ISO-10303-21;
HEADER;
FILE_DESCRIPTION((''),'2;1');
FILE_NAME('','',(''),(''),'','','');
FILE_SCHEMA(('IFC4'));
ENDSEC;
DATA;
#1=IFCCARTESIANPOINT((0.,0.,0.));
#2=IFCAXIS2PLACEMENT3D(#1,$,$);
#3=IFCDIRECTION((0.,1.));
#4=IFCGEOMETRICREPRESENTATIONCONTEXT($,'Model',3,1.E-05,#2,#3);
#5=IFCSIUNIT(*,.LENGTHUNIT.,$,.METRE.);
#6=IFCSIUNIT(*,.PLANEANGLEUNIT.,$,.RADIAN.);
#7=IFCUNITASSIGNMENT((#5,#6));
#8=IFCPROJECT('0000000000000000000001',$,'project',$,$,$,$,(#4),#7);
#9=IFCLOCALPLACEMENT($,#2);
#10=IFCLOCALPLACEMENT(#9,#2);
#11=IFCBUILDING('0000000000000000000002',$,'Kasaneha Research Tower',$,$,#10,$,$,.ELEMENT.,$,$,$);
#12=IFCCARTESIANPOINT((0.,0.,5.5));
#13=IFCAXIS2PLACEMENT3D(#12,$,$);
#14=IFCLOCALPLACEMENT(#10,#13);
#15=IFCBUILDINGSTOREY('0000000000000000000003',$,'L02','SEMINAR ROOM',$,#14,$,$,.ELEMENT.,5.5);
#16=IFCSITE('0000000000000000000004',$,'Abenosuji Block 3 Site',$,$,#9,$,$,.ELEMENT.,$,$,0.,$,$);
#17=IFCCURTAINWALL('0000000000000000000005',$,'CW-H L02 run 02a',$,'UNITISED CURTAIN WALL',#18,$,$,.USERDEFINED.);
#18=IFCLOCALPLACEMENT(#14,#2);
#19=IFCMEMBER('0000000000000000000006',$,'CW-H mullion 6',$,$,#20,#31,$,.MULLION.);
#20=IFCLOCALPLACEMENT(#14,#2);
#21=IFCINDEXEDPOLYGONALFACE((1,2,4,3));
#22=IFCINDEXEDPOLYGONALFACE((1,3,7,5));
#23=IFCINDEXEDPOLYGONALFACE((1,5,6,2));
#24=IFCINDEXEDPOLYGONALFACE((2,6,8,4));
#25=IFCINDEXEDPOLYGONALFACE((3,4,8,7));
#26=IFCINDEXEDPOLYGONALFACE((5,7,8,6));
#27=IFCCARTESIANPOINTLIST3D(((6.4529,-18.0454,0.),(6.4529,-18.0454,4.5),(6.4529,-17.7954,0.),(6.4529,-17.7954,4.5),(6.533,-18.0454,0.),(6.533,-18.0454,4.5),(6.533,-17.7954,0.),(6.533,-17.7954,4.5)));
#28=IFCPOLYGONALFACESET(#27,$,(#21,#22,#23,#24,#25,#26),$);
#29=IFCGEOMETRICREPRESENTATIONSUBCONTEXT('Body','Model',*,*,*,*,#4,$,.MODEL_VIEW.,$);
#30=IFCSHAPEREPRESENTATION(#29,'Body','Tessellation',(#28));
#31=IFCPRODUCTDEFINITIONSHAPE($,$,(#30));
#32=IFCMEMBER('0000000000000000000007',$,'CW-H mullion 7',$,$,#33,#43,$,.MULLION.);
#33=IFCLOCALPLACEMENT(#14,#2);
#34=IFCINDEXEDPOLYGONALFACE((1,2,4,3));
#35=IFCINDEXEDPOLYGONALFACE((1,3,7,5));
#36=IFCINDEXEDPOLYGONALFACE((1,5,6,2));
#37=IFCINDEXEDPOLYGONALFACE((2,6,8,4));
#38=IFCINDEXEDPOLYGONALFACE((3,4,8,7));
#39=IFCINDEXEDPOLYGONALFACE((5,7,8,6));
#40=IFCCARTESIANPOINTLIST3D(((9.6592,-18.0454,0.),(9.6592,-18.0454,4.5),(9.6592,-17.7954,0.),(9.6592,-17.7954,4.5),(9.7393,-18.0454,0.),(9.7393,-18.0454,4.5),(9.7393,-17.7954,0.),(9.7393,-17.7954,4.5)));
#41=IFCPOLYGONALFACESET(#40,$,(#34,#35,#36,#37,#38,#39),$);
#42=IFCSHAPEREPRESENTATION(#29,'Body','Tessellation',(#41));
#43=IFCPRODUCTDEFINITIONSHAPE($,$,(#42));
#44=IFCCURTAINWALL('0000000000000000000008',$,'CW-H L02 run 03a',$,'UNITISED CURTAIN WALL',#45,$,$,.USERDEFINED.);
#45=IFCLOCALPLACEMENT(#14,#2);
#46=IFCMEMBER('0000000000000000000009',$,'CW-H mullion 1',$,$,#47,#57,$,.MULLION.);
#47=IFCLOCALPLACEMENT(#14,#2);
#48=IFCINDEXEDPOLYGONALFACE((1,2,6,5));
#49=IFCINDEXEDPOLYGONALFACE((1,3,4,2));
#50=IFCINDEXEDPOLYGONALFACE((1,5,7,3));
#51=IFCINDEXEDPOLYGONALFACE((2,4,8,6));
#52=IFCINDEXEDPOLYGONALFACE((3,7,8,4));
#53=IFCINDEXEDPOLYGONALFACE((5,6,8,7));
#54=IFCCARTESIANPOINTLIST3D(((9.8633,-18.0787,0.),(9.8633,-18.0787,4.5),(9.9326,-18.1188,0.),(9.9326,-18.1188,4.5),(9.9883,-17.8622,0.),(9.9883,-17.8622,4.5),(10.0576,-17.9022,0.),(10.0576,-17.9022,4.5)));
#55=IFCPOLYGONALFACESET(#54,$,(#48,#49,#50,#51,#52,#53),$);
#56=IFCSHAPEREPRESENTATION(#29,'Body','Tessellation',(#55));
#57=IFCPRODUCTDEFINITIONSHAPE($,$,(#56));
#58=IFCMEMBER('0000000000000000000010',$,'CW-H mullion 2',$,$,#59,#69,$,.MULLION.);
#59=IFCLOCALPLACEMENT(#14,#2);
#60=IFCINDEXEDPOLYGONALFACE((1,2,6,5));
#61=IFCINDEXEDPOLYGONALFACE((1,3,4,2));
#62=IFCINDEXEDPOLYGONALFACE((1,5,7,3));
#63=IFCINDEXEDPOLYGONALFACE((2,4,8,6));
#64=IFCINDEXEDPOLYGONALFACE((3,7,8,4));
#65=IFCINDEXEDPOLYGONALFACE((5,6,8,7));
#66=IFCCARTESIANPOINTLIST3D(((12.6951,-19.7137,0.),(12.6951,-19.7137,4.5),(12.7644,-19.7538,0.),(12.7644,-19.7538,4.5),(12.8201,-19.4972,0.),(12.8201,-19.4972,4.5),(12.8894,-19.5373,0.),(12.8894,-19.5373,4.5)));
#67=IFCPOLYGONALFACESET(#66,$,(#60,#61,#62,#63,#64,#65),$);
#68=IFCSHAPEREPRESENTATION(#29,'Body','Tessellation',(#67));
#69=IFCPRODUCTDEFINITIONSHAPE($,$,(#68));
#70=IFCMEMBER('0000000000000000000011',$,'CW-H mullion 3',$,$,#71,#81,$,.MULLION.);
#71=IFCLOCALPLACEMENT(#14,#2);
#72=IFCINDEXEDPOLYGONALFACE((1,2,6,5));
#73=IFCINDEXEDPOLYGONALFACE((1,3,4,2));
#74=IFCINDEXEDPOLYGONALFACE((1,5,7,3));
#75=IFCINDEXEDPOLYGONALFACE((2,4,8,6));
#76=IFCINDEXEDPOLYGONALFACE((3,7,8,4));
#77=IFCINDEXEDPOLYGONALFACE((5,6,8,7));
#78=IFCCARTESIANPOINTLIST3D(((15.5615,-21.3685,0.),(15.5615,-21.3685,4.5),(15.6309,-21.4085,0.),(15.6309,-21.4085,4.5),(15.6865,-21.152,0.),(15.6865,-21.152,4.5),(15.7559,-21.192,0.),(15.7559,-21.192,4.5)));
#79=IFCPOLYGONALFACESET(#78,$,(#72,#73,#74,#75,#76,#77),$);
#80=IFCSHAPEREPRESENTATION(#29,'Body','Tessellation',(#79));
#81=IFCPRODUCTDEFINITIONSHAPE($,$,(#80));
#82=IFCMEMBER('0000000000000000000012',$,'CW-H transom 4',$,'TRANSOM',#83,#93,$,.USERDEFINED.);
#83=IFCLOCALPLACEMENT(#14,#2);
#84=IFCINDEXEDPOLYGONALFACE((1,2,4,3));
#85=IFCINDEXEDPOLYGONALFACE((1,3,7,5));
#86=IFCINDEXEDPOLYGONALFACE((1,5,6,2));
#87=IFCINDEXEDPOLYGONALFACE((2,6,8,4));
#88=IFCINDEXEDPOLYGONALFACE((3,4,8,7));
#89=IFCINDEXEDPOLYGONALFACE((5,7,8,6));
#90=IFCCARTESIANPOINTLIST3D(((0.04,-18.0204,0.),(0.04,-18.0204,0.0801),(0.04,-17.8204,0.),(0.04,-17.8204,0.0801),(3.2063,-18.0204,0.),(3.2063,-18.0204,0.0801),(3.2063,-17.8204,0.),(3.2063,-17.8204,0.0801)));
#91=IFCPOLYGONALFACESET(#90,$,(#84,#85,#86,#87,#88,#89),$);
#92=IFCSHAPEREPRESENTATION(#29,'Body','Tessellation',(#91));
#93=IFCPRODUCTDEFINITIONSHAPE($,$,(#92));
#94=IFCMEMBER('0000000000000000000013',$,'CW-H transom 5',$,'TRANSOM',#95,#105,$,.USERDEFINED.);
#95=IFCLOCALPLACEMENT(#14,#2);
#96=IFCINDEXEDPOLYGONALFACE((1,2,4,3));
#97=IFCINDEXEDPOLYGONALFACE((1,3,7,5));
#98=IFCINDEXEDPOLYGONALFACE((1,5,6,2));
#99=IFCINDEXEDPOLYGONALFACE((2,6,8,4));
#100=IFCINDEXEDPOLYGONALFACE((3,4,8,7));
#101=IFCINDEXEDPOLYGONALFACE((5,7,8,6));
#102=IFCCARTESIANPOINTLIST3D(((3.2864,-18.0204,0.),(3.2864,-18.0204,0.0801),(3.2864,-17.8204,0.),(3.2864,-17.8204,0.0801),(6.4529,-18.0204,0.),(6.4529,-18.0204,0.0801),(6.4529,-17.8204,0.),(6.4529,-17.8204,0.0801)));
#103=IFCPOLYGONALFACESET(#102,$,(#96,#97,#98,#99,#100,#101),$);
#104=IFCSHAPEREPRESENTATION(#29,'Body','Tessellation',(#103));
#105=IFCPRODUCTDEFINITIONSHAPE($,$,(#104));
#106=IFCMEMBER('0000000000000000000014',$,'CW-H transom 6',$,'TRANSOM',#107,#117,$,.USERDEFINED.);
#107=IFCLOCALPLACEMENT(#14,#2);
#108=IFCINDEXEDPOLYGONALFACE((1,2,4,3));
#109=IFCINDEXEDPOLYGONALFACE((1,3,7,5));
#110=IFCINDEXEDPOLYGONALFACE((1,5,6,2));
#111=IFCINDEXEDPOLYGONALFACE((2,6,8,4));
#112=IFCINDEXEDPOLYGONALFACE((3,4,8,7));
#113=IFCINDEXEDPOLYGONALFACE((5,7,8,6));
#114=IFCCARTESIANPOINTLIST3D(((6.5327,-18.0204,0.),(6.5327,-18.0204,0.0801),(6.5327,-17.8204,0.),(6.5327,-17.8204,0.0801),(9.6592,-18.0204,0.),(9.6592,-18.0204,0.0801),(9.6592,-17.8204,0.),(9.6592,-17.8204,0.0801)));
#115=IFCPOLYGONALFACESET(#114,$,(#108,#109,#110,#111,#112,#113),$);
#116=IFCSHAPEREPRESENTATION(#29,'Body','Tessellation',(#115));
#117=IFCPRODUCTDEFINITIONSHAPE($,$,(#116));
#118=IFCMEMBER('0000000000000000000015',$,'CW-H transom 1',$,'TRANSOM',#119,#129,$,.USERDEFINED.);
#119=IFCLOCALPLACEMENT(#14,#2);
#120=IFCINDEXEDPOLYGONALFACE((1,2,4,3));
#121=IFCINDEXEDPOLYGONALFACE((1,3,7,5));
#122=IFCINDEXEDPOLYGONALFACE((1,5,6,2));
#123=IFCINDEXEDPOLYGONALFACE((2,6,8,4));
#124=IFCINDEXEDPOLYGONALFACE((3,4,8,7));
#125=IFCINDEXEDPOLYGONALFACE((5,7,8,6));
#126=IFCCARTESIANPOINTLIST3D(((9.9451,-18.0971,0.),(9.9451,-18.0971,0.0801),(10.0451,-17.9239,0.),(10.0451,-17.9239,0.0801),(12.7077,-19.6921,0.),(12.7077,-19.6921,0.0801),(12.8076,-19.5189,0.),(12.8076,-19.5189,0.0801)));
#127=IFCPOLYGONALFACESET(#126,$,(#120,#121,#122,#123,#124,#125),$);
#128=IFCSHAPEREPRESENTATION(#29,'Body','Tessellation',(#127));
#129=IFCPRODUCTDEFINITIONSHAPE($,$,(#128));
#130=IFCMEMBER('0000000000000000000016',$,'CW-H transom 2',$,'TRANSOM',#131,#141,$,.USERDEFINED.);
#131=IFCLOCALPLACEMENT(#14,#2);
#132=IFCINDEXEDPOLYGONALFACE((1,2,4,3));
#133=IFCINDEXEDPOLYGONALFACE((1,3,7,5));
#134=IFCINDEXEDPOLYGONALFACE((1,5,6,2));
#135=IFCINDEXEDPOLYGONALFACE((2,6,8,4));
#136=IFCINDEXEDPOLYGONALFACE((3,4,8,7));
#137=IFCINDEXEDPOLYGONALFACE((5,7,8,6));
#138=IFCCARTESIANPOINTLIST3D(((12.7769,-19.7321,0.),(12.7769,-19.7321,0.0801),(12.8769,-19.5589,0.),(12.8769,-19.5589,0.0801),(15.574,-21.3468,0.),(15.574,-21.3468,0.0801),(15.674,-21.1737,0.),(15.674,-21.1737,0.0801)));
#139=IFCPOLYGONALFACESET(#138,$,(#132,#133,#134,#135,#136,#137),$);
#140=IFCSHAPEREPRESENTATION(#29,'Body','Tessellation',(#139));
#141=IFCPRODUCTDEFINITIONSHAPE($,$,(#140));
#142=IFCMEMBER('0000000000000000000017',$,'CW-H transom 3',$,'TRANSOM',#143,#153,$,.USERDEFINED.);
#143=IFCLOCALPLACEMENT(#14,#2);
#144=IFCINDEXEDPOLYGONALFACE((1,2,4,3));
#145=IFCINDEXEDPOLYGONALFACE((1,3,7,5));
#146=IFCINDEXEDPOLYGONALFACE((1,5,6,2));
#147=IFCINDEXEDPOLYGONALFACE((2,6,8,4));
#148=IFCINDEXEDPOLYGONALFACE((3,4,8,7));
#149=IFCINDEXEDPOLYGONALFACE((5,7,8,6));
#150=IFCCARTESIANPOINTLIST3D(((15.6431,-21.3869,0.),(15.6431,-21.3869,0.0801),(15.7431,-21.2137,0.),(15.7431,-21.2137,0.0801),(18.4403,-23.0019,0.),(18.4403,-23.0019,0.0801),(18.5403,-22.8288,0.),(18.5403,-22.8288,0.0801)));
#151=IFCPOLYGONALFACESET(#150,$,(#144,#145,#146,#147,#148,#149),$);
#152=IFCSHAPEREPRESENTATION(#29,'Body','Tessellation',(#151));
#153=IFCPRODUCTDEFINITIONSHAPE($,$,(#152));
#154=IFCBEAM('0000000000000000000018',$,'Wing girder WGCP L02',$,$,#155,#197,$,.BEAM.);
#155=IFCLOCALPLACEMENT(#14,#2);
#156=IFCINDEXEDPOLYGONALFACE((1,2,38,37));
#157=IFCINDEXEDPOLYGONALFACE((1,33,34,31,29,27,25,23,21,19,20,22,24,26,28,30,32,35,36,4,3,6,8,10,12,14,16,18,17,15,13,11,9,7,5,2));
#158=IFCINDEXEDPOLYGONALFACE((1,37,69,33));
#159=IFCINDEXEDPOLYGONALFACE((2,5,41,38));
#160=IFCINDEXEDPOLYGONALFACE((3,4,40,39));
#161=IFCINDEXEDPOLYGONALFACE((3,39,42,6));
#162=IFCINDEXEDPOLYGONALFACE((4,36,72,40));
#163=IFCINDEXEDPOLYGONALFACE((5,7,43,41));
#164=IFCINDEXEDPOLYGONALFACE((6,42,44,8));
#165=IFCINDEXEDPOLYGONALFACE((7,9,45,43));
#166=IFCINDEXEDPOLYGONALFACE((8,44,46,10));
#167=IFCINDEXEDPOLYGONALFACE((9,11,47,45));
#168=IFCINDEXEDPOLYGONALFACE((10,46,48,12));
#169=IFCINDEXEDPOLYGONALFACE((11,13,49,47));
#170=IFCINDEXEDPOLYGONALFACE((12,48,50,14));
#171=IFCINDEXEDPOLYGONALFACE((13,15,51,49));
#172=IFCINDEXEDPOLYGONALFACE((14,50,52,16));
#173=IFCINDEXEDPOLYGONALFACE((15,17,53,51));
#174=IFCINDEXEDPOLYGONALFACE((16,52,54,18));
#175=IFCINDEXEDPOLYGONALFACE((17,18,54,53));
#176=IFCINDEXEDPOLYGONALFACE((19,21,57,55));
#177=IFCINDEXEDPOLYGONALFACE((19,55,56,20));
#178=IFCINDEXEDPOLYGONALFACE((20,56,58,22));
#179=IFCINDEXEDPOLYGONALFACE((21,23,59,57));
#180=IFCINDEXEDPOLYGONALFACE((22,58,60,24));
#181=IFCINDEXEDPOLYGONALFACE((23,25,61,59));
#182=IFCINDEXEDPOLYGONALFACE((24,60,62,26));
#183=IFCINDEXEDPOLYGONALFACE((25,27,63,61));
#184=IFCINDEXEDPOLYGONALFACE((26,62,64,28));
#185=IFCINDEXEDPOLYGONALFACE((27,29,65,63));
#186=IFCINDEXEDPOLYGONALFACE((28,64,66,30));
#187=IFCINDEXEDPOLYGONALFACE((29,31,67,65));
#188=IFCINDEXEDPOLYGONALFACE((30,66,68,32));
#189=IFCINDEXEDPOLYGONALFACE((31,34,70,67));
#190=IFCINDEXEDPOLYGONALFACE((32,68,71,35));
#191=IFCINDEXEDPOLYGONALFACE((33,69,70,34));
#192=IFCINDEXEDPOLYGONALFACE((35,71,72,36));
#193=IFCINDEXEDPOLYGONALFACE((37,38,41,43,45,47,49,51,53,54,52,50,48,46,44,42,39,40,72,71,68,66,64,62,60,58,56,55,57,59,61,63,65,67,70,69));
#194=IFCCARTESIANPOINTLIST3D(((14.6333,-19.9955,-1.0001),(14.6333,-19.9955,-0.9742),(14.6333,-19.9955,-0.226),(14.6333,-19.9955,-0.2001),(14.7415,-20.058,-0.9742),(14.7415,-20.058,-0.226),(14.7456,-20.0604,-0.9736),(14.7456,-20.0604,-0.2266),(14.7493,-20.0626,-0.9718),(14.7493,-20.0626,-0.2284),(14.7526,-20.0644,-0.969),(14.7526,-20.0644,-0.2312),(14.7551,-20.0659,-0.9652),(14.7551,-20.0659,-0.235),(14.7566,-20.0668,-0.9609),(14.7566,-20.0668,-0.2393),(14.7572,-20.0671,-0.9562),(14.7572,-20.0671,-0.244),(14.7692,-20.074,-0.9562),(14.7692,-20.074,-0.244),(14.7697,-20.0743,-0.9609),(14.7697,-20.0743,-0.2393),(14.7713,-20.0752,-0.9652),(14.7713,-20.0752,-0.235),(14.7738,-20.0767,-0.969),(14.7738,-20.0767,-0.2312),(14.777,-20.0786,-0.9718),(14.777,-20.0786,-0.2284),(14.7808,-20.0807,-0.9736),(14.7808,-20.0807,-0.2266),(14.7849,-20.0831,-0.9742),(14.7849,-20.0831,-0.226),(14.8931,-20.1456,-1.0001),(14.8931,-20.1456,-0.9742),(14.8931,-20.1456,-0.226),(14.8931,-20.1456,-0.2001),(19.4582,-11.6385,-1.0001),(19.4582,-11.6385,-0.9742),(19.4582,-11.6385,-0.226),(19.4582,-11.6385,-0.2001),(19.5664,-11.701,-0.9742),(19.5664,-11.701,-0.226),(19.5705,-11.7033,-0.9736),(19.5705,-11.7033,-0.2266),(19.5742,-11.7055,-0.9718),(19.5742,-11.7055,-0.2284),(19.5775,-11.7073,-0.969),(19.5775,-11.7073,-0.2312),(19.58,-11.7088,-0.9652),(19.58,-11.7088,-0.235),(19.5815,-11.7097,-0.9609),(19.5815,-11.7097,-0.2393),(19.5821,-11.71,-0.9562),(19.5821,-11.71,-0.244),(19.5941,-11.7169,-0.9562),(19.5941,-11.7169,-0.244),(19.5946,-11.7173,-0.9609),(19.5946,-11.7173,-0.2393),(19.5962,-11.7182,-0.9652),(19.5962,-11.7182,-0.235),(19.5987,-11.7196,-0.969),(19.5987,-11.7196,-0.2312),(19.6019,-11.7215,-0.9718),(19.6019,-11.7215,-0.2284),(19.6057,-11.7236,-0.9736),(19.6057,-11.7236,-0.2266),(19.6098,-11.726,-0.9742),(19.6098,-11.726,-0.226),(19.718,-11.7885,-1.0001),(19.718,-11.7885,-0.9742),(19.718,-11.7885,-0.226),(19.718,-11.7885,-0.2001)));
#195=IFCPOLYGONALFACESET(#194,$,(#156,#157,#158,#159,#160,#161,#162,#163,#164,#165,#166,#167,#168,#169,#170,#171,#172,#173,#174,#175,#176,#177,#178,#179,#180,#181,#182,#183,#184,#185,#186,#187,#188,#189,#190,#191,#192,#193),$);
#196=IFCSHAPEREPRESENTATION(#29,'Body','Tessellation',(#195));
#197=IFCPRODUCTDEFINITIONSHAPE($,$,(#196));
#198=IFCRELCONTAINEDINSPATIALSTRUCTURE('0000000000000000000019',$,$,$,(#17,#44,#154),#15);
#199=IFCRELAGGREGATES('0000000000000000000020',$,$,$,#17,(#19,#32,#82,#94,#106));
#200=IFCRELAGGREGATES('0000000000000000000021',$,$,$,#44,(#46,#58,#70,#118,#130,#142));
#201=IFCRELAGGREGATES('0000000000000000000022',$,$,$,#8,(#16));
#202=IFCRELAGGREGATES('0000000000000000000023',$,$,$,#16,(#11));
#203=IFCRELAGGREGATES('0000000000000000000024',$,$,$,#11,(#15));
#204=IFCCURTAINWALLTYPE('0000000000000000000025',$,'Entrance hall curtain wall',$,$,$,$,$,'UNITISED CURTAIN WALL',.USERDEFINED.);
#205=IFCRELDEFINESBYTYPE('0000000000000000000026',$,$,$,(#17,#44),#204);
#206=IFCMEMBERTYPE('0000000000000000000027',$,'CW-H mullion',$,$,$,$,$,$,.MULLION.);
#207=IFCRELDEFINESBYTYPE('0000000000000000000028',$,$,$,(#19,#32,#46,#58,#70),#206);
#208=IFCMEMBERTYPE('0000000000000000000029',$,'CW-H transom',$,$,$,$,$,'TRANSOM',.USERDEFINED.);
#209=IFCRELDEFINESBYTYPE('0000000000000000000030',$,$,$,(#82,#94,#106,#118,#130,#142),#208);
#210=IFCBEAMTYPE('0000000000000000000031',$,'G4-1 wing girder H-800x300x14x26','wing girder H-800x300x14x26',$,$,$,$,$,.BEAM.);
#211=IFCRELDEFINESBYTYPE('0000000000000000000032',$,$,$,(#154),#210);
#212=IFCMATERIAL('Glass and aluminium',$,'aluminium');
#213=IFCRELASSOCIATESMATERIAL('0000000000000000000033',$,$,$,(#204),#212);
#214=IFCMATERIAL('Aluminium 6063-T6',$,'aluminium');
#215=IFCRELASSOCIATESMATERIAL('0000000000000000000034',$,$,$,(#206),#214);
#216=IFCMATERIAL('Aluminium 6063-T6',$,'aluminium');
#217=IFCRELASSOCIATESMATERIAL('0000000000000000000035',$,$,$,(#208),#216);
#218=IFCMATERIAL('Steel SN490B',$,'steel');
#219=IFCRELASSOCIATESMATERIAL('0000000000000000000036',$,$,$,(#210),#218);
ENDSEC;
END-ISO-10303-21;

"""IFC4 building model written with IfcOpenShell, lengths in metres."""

from ifc_helpers import new_model, si_unit, direction, frame, origin, origin_2d, place, context, subcontext, project, spatial, rectangle, i_section, extrude, material, material_profile, profile_set, type_object, element, aggregate, save


model = new_model("IFC4")

# Units and contexts
model_context = context("Model", 3, precision=1e-05, world=origin(), true_north=direction((0.0, 1.0)))
body_context = subcontext(model_context, "Body", "Model", "MODEL_VIEW")
ifc_project = project(units=[si_unit("LENGTHUNIT", "METRE"), si_unit("PLANEANGLEUNIT", "RADIAN")], contexts=[model_context])

# Site, building, storey
site_placement = place(None, origin())
site = spatial("IfcSite", under=ifc_project, at=site_placement, Name="Abenosuji Block 3 Site", CompositionType="ELEMENT", RefElevation=0.0)
building_placement = place(site_placement, origin())
building = spatial("IfcBuilding", under=site, at=building_placement, Name="Kasaneha Research Tower", CompositionType="ELEMENT")
storey_placement = place(building_placement, frame((0.0, 0.0, 5.5)))
storey = spatial("IfcBuildingStorey", under=building, at=storey_placement, Name="L02", Description="SEMINAR ROOM", CompositionType="ELEMENT", Elevation=5.5)

# Curtain walls, members
ifc_material_1 = material(Name="Glass and aluminium", Category="aluminium")
curtain_wall_type = type_object("IfcCurtainWallType", Name="Entrance hall curtain wall", ElementType="UNITISED CURTAIN WALL", PredefinedType="USERDEFINED", material=ifc_material_1)
curtain_wall_1_placement = place(storey_placement, origin())
curtain_wall_1 = element("IfcCurtainWall", 1, at=curtain_wall_1_placement, inside=storey, type_object=curtain_wall_type, Name="CW-H L02 run 02a", ObjectType="UNITISED CURTAIN WALL", PredefinedType="USERDEFINED")
ifc_material_2 = material(Name="Aluminium 6063-T6", Category="aluminium")
ifc_material_profile_1 = material_profile(ifc_material_2, rectangle(XDim=0.0801, YDim=0.25, at=origin_2d()), Name="CW-H mullion 80x250")
ifc_profile_set_1 = profile_set([ifc_material_profile_1], Name="Aluminium 6063-T6")
member_type_1 = type_object("IfcMemberType", Name="CW-H mullion", PredefinedType="MULLION", material=ifc_profile_set_1)
member_1_placement = place(storey_placement, frame((6.4929, -17.9204, 0.0), z_axis=(0.0, 0.0, 1.0), x_axis=(1.0, 0.0, 0.0)))
member_1 = element("IfcMember", 2, at=member_1_placement, type_object=member_type_1, Name="CW-H mullion 6", PredefinedType="MULLION", context=body_context, shape_type="SweptSolid", body=[
    extrude(rectangle(XDim=0.0801, YDim=0.25, at=origin_2d()), origin(), (0.0, 0.0, 1.0), 4.5),
])
member_2_placement = place(storey_placement, frame((9.6992, -17.9204, 0.0), z_axis=(0.0, 0.0, 1.0), x_axis=(1.0, 0.0, 0.0)))
member_2 = element("IfcMember", 3, at=member_2_placement, type_object=member_type_1, Name="CW-H mullion 7", PredefinedType="MULLION", context=body_context, shape_type="SweptSolid", body=[
    extrude(rectangle(XDim=0.0801, YDim=0.25, at=origin_2d()), origin(), (0.0, 0.0, 1.0), 4.5),
])
curtain_wall_2_placement = place(storey_placement, origin())
curtain_wall_2 = element("IfcCurtainWall", 4, at=curtain_wall_2_placement, inside=storey, type_object=curtain_wall_type, Name="CW-H L02 run 03a", ObjectType="UNITISED CURTAIN WALL", PredefinedType="USERDEFINED")
member_3_placement = place(storey_placement, frame((9.9604, -17.9905, 0.0), z_axis=(0.0, 0.0, 1.0), x_axis=(0.866025, -0.5, 0.0)))
member_3 = element("IfcMember", 5, at=member_3_placement, type_object=member_type_1, Name="CW-H mullion 1", PredefinedType="MULLION", context=body_context, shape_type="SweptSolid", body=[
    extrude(rectangle(XDim=0.0801, YDim=0.25, at=origin_2d()), origin(), (0.0, 0.0, 1.0), 4.5),
])
member_4_placement = place(storey_placement, frame((12.7922, -19.6255, 0.0), z_axis=(0.0, 0.0, 1.0), x_axis=(0.866025, -0.5, 0.0)))
member_4 = element("IfcMember", 6, at=member_4_placement, type_object=member_type_1, Name="CW-H mullion 2", PredefinedType="MULLION", context=body_context, shape_type="SweptSolid", body=[
    extrude(rectangle(XDim=0.0801, YDim=0.25, at=origin_2d()), origin(), (0.0, 0.0, 1.0), 4.5),
])
member_5_placement = place(storey_placement, frame((15.6587, -21.2803, 0.0), z_axis=(0.0, 0.0, 1.0), x_axis=(0.866025, -0.5, 0.0)))
member_5 = element("IfcMember", 7, at=member_5_placement, type_object=member_type_1, Name="CW-H mullion 3", PredefinedType="MULLION", context=body_context, shape_type="SweptSolid", body=[
    extrude(rectangle(XDim=0.0801, YDim=0.25, at=origin_2d()), origin(), (0.0, 0.0, 1.0), 4.5),
])

# Members
ifc_material_3 = material(Name="Aluminium 6063-T6", Category="aluminium")
ifc_material_profile_2 = material_profile(ifc_material_3, rectangle(XDim=0.2, YDim=0.0801, at=origin_2d()), Name="CW-H transom 200x80")
ifc_profile_set_2 = profile_set([ifc_material_profile_2], Name="Aluminium 6063-T6")
member_type_2 = type_object("IfcMemberType", Name="CW-H transom", ElementType="TRANSOM", PredefinedType="USERDEFINED", material=ifc_profile_set_2)
member_6_placement = place(storey_placement, frame((0.04, -17.9204, 0.04), z_axis=(1.0, 0.0, 0.0), x_axis=(0.0, 1.0, 0.0)))
member_6 = element("IfcMember", 8, at=member_6_placement, type_object=member_type_2, Name="CW-H transom 4", ObjectType="TRANSOM", PredefinedType="USERDEFINED", context=body_context, shape_type="SweptSolid", body=[
    extrude(rectangle(XDim=0.2, YDim=0.0801, at=origin_2d()), origin(), (0.0, 0.0, 1.0), 3.1663),
])
member_7_placement = place(storey_placement, frame((3.2864, -17.9204, 0.04), z_axis=(1.0, 0.0, 0.0), x_axis=(0.0, 1.0, 0.0)))
member_7 = element("IfcMember", 9, at=member_7_placement, type_object=member_type_2, Name="CW-H transom 5", ObjectType="TRANSOM", PredefinedType="USERDEFINED", context=body_context, shape_type="SweptSolid", body=[
    extrude(rectangle(XDim=0.2, YDim=0.0801, at=origin_2d()), origin(), (0.0, 0.0, 1.0), 3.1665),
])
member_8_placement = place(storey_placement, frame((6.5327, -17.9204, 0.04), z_axis=(1.0, 0.0, 0.0), x_axis=(0.0, 1.0, 0.0)))
member_8 = element("IfcMember", 10, at=member_8_placement, type_object=member_type_2, Name="CW-H transom 6", ObjectType="TRANSOM", PredefinedType="USERDEFINED", context=body_context, shape_type="SweptSolid", body=[
    extrude(rectangle(XDim=0.2, YDim=0.0801, at=origin_2d()), origin(), (0.0, 0.0, 1.0), 3.1265),
])
member_9_placement = place(storey_placement, frame((9.9951, -18.0105, 0.04), z_axis=(0.866016, -0.500016, 0.0), x_axis=(0.500016, 0.866016, 0.0)))
member_9 = element("IfcMember", 11, at=member_9_placement, type_object=member_type_2, Name="CW-H transom 1", ObjectType="TRANSOM", PredefinedType="USERDEFINED", context=body_context, shape_type="SweptSolid", body=[
    extrude(rectangle(XDim=0.2, YDim=0.0801, at=origin_2d()), origin(), (0.0, 0.0, 1.0), 3.1899),
])
member_10_placement = place(storey_placement, frame((12.8269, -19.6455, 0.04), z_axis=(0.866048, -0.49996, 0.0), x_axis=(0.49996, 0.866048, 0.0)))
member_10 = element("IfcMember", 12, at=member_10_placement, type_object=member_type_2, Name="CW-H transom 2", ObjectType="TRANSOM", PredefinedType="USERDEFINED", context=body_context, shape_type="SweptSolid", body=[
    extrude(rectangle(XDim=0.2, YDim=0.0801, at=origin_2d()), origin(), (0.0, 0.0, 1.0), 3.2297),
])
member_11_placement = place(storey_placement, frame((15.6931, -21.3003, 0.04), z_axis=(0.866016, -0.500017, 0.0), x_axis=(0.500017, 0.866016, 0.0)))
member_11 = element("IfcMember", 13, at=member_11_placement, type_object=member_type_2, Name="CW-H transom 3", ObjectType="TRANSOM", PredefinedType="USERDEFINED", context=body_context, shape_type="SweptSolid", body=[
    extrude(rectangle(XDim=0.2, YDim=0.0801, at=origin_2d()), origin(), (0.0, 0.0, 1.0), 3.23),
])

# Beam
ifc_material_4 = material(Name="Steel SN490B", Category="steel")
ifc_material_profile_3 = material_profile(ifc_material_4, i_section(OverallWidth=0.3, OverallDepth=0.8, WebThickness=0.0139, FlangeThickness=0.0259, FilletRadius=0.0181, at=origin_2d()), Name="H-800x300x14x26")
ifc_profile_set_3 = profile_set([ifc_material_profile_3], Name="Steel SN490B")
beam_type_1 = type_object("IfcBeamType", Name="G4-1 wing girder H-800x300x14x26", Description="wing girder H-800x300x14x26", PredefinedType="BEAM", material=ifc_profile_set_3)
beam_1_placement = place(storey_placement, frame((14.7632, -20.0706, -0.6001), z_axis=(0.499995, 0.866028, 0.0), x_axis=(-0.866028, 0.499995, 0.0)))
element("IfcBeam", 14, at=beam_1_placement, inside=storey, type_object=beam_type_1, Name="Wing girder WGCP L02", PredefinedType="BEAM", context=body_context, shape_type="SweptSolid", body=[
    extrude(i_section(OverallWidth=0.3, OverallDepth=0.8, WebThickness=0.0139, FlangeThickness=0.0259, FilletRadius=0.0181, at=origin_2d()), origin(), (0.0, 0.0, 1.0), 9.6499),
])

aggregate(curtain_wall_1, [member_1, member_2, member_6, member_7, member_8])
aggregate(curtain_wall_2, [member_3, member_4, member_5, member_9, member_10, member_11])

save(model, "model.ifc")
